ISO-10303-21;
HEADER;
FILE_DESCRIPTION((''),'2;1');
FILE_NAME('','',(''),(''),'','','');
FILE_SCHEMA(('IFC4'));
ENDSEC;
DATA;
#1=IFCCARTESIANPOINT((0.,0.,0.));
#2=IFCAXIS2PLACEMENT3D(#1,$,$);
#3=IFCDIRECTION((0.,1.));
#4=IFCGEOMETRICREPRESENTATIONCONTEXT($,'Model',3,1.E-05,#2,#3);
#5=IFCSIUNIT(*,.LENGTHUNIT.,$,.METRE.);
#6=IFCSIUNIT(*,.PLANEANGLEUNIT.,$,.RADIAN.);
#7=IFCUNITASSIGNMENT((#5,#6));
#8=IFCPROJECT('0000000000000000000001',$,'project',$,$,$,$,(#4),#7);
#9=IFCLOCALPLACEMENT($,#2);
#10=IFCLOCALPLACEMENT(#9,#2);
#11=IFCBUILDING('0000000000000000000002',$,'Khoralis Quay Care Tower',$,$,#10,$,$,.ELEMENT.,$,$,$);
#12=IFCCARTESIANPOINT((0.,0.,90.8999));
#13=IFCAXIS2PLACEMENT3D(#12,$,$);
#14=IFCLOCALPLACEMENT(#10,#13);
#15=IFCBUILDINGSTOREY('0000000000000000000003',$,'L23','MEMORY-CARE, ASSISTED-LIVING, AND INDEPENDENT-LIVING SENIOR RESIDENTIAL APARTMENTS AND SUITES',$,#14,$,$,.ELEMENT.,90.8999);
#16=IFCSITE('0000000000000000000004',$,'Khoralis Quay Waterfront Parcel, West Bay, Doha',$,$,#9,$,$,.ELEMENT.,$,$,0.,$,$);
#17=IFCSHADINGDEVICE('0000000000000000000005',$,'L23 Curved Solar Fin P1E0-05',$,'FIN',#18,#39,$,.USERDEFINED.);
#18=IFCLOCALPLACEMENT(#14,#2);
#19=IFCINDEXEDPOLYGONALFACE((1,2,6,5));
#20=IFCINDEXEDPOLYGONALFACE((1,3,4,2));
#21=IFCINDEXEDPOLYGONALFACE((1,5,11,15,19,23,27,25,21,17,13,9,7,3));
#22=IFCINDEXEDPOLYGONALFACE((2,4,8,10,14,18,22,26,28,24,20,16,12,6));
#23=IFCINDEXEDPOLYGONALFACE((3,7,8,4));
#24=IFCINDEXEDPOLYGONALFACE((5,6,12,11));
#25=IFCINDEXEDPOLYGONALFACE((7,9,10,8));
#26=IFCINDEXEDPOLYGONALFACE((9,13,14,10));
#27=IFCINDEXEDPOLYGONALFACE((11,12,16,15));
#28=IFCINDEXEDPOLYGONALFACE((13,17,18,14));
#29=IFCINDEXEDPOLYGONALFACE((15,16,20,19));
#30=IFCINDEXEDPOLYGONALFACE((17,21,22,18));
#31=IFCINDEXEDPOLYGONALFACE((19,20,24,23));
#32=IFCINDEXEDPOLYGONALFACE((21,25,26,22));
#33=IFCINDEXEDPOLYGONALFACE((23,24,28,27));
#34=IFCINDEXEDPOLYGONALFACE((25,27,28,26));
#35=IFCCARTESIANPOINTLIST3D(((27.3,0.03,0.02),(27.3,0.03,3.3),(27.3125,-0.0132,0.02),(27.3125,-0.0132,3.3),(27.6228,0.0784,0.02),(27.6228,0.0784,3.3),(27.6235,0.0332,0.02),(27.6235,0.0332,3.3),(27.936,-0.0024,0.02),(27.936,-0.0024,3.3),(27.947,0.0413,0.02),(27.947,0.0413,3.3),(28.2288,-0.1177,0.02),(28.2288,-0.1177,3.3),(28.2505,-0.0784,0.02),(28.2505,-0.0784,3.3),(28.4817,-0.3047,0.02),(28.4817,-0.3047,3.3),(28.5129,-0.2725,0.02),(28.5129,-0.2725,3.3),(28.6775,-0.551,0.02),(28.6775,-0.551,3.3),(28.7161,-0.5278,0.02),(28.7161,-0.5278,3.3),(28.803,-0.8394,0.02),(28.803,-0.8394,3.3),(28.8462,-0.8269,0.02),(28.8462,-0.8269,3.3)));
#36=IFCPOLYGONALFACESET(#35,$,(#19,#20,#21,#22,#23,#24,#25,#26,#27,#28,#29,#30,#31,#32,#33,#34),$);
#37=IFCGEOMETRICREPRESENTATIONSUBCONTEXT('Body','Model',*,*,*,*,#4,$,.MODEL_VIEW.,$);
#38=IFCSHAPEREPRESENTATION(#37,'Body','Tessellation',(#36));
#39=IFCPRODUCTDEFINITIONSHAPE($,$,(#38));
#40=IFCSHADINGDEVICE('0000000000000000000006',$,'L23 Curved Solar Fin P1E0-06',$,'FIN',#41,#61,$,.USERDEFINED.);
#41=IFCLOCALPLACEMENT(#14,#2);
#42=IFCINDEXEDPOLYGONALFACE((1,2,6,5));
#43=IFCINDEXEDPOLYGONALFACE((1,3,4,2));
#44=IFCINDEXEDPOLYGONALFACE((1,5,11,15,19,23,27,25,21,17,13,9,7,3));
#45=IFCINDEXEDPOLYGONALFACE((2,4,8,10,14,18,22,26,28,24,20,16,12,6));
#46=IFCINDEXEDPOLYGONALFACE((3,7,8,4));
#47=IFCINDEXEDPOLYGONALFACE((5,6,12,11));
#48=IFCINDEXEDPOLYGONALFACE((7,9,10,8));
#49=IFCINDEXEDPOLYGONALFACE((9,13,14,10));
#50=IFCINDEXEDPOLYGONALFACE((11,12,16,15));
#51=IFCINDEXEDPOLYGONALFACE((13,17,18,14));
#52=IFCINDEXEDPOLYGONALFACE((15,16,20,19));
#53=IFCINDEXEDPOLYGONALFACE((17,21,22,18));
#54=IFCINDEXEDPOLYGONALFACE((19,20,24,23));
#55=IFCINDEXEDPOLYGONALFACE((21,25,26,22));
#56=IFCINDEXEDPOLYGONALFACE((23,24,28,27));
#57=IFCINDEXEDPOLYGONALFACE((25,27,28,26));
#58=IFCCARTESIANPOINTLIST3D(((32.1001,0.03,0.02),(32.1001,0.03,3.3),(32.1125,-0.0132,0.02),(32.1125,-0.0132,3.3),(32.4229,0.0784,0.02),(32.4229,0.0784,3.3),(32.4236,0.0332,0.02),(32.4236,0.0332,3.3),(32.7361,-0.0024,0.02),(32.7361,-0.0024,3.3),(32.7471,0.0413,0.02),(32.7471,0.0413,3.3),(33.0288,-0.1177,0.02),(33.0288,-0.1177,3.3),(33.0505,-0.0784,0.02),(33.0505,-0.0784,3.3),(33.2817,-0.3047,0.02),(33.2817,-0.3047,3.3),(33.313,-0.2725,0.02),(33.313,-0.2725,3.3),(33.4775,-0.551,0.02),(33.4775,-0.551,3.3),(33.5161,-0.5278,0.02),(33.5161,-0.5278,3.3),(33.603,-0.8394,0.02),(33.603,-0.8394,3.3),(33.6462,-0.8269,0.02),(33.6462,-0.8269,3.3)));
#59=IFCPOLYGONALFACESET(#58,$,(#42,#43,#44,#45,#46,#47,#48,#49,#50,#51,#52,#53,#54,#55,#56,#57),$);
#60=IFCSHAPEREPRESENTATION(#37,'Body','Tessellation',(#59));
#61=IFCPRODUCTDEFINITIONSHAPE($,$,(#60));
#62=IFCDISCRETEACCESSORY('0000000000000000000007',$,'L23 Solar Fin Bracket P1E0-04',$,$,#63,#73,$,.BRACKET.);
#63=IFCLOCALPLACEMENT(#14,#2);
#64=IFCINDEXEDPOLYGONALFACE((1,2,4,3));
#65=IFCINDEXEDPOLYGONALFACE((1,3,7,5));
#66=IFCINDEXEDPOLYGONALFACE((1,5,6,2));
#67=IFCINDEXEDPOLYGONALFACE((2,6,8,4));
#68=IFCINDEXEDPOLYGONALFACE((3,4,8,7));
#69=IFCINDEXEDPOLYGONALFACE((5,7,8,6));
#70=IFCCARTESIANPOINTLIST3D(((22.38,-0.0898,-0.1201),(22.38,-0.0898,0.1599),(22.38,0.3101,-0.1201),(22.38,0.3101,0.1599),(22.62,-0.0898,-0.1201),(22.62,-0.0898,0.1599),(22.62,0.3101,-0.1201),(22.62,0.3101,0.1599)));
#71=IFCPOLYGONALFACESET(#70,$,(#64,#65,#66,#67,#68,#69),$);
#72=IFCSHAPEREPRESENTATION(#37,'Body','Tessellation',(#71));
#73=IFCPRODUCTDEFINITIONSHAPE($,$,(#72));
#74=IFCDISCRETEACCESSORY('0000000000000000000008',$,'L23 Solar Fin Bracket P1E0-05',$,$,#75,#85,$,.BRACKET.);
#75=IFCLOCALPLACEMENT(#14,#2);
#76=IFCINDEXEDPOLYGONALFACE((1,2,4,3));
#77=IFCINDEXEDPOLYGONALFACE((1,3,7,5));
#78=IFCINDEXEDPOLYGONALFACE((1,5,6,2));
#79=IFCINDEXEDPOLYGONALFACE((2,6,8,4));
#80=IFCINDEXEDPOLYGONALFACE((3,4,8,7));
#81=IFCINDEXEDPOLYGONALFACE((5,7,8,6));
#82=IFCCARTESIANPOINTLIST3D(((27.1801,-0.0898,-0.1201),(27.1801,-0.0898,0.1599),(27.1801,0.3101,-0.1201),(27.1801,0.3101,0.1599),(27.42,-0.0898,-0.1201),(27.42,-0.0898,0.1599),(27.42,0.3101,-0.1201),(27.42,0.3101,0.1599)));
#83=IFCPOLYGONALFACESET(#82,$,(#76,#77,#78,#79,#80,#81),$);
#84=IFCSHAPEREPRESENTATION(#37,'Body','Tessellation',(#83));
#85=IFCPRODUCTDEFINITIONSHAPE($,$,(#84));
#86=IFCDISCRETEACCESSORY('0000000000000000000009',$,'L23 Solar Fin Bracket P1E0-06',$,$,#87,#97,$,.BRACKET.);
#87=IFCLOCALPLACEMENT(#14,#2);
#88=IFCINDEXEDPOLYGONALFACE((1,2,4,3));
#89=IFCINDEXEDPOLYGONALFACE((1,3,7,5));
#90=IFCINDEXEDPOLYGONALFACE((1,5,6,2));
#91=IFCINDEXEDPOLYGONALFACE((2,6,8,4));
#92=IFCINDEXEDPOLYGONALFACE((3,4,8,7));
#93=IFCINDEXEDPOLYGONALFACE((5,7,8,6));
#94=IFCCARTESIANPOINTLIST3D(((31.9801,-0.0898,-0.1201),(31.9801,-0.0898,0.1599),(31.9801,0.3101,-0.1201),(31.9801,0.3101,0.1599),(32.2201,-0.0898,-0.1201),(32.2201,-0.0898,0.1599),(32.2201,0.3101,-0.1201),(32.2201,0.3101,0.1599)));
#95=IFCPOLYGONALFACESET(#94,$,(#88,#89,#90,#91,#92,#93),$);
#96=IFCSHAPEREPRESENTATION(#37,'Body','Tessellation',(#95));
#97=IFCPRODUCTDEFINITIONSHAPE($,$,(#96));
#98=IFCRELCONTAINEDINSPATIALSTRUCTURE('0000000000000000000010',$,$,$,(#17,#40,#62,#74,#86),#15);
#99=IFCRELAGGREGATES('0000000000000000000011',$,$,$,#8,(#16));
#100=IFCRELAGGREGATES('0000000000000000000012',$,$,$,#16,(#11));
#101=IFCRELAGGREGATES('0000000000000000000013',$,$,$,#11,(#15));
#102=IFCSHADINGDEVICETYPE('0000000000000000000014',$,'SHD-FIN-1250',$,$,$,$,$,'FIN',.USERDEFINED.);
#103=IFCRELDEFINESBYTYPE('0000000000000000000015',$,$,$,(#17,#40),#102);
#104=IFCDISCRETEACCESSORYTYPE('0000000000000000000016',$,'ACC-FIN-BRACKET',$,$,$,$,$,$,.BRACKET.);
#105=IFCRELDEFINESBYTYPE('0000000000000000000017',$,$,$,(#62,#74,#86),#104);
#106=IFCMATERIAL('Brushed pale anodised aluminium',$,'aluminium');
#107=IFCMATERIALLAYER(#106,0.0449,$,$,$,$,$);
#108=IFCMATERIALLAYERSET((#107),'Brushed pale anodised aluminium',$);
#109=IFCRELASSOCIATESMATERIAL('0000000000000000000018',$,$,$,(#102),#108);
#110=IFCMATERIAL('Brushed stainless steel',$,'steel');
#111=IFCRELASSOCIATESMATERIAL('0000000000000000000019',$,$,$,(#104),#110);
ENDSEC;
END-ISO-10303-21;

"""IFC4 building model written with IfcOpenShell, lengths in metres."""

from ifc_helpers import new_model, si_unit, direction, frame, origin, origin_2d, place, context, subcontext, project, spatial, polyline, rectangle, outline, extrude, source, transform, mapped, material, layer, layer_set, type_object, element, save


model = new_model("IFC4")

# Units and contexts
model_context = context("Model", 3, precision=1e-05, world=origin(), true_north=direction((0.0, 1.0)))
body_context = subcontext(model_context, "Body", "Model", "MODEL_VIEW")
ifc_project = project(units=[si_unit("LENGTHUNIT", "METRE"), si_unit("PLANEANGLEUNIT", "RADIAN")], contexts=[model_context])

# Site, building, storey
site_placement = place(None, origin())
site = spatial("IfcSite", under=ifc_project, at=site_placement, Name="Khoralis Quay Waterfront Parcel, West Bay, Doha", CompositionType="ELEMENT", RefElevation=0.0)
building_placement = place(site_placement, origin())
building = spatial("IfcBuilding", under=site, at=building_placement, Name="Khoralis Quay Care Tower", CompositionType="ELEMENT")
storey_placement = place(building_placement, frame((0.0, 0.0, 90.8999)))
storey = spatial("IfcBuildingStorey", under=building, at=storey_placement, Name="L23", Description="MEMORY-CARE, ASSISTED-LIVING, AND INDEPENDENT-LIVING SENIOR RESIDENTIAL APARTMENTS AND SUITES", CompositionType="ELEMENT", Elevation=90.8999)

# Shading devices
ifc_material_1 = material(Name="Brushed pale anodised aluminium", Category="aluminium")
ifc_layer_1 = layer(ifc_material_1, 0.0449)
ifc_layer_set_1 = layer_set([ifc_layer_1], Name="Brushed pale anodised aluminium")
shading_device_type = type_object("IfcShadingDeviceType", Name="SHD-FIN-1250", ElementType="FIN", PredefinedType="USERDEFINED", material=ifc_layer_set_1)
shared_shape_1 = source(origin(), body_context, "Body", "SweptSolid", [
    extrude(outline(polyline([(0.0, 0.0), (-0.0483, 0.3228), (-0.0112, 0.647), (0.1084, 0.9504), (0.3025, 1.2129), (0.5579, 1.416), (0.8569, 1.5461), (0.8694, 1.5029), (0.5811, 1.3774), (0.3347, 1.1816), (0.1477, 0.9287), (0.0325, 0.636), (-0.0032, 0.3235), (0.0432, 0.0125), (0.0, 0.0)])), origin(), (0.0, 0.0, 1.0), 3.28),
])
for number, where, z_axis, x_axis, name in (
    (1, (27.3, 0.03, 0.02), (0.0, 0.0, 1.0), (0.0, -1.0, 0.0), "L23 Curved Solar Fin P1E0-05"),
    (2, (32.1001, 0.03, 0.02), (0.0, 0.0, 1.0), (0.0, -1.0, 0.0), "L23 Curved Solar Fin P1E0-06"),
):
    element("IfcShadingDevice", number, at=place(storey_placement, frame(where, z_axis=z_axis, x_axis=x_axis)), inside=storey, type_object=shading_device_type, Name=name, ObjectType="FIN", PredefinedType="USERDEFINED", context=body_context, shape_type="MappedRepresentation", body=[
        mapped(shared_shape_1, transform((0.0, 0.0, 0.0), scale=1.0)),
    ])

# Discrete accessories
ifc_material_2 = material(Name="Brushed stainless steel", Category="steel")
discrete_accessory_type = type_object("IfcDiscreteAccessoryType", Name="ACC-FIN-BRACKET", PredefinedType="BRACKET", material=ifc_material_2)
shared_shape_2 = source(origin(), body_context, "Body", "SweptSolid", [
    extrude(rectangle(XDim=0.3999, YDim=0.24, at=origin_2d()), origin(), (0.0, 0.0, 1.0), 0.28),
])
for number, where, z_axis, x_axis, name in (
    (3, (22.5, 0.1101, -0.1201), (0.0, 0.0, 1.0), (0.0, -1.0, 0.0), "L23 Solar Fin Bracket P1E0-04"),
    (4, (27.3, 0.1101, -0.1201), (0.0, 0.0, 1.0), (0.0, -1.0, 0.0), "L23 Solar Fin Bracket P1E0-05"),
    (5, (32.1001, 0.1101, -0.1201), (0.0, 0.0, 1.0), (0.0, -1.0, 0.0), "L23 Solar Fin Bracket P1E0-06"),
):
    element("IfcDiscreteAccessory", number, at=place(storey_placement, frame(where, z_axis=z_axis, x_axis=x_axis)), inside=storey, type_object=discrete_accessory_type, Name=name, PredefinedType="BRACKET", context=body_context, shape_type="MappedRepresentation", body=[
        mapped(shared_shape_2, transform((0.0, 0.0, 0.0), scale=1.0)),
    ])

save(model, "model.ifc")
